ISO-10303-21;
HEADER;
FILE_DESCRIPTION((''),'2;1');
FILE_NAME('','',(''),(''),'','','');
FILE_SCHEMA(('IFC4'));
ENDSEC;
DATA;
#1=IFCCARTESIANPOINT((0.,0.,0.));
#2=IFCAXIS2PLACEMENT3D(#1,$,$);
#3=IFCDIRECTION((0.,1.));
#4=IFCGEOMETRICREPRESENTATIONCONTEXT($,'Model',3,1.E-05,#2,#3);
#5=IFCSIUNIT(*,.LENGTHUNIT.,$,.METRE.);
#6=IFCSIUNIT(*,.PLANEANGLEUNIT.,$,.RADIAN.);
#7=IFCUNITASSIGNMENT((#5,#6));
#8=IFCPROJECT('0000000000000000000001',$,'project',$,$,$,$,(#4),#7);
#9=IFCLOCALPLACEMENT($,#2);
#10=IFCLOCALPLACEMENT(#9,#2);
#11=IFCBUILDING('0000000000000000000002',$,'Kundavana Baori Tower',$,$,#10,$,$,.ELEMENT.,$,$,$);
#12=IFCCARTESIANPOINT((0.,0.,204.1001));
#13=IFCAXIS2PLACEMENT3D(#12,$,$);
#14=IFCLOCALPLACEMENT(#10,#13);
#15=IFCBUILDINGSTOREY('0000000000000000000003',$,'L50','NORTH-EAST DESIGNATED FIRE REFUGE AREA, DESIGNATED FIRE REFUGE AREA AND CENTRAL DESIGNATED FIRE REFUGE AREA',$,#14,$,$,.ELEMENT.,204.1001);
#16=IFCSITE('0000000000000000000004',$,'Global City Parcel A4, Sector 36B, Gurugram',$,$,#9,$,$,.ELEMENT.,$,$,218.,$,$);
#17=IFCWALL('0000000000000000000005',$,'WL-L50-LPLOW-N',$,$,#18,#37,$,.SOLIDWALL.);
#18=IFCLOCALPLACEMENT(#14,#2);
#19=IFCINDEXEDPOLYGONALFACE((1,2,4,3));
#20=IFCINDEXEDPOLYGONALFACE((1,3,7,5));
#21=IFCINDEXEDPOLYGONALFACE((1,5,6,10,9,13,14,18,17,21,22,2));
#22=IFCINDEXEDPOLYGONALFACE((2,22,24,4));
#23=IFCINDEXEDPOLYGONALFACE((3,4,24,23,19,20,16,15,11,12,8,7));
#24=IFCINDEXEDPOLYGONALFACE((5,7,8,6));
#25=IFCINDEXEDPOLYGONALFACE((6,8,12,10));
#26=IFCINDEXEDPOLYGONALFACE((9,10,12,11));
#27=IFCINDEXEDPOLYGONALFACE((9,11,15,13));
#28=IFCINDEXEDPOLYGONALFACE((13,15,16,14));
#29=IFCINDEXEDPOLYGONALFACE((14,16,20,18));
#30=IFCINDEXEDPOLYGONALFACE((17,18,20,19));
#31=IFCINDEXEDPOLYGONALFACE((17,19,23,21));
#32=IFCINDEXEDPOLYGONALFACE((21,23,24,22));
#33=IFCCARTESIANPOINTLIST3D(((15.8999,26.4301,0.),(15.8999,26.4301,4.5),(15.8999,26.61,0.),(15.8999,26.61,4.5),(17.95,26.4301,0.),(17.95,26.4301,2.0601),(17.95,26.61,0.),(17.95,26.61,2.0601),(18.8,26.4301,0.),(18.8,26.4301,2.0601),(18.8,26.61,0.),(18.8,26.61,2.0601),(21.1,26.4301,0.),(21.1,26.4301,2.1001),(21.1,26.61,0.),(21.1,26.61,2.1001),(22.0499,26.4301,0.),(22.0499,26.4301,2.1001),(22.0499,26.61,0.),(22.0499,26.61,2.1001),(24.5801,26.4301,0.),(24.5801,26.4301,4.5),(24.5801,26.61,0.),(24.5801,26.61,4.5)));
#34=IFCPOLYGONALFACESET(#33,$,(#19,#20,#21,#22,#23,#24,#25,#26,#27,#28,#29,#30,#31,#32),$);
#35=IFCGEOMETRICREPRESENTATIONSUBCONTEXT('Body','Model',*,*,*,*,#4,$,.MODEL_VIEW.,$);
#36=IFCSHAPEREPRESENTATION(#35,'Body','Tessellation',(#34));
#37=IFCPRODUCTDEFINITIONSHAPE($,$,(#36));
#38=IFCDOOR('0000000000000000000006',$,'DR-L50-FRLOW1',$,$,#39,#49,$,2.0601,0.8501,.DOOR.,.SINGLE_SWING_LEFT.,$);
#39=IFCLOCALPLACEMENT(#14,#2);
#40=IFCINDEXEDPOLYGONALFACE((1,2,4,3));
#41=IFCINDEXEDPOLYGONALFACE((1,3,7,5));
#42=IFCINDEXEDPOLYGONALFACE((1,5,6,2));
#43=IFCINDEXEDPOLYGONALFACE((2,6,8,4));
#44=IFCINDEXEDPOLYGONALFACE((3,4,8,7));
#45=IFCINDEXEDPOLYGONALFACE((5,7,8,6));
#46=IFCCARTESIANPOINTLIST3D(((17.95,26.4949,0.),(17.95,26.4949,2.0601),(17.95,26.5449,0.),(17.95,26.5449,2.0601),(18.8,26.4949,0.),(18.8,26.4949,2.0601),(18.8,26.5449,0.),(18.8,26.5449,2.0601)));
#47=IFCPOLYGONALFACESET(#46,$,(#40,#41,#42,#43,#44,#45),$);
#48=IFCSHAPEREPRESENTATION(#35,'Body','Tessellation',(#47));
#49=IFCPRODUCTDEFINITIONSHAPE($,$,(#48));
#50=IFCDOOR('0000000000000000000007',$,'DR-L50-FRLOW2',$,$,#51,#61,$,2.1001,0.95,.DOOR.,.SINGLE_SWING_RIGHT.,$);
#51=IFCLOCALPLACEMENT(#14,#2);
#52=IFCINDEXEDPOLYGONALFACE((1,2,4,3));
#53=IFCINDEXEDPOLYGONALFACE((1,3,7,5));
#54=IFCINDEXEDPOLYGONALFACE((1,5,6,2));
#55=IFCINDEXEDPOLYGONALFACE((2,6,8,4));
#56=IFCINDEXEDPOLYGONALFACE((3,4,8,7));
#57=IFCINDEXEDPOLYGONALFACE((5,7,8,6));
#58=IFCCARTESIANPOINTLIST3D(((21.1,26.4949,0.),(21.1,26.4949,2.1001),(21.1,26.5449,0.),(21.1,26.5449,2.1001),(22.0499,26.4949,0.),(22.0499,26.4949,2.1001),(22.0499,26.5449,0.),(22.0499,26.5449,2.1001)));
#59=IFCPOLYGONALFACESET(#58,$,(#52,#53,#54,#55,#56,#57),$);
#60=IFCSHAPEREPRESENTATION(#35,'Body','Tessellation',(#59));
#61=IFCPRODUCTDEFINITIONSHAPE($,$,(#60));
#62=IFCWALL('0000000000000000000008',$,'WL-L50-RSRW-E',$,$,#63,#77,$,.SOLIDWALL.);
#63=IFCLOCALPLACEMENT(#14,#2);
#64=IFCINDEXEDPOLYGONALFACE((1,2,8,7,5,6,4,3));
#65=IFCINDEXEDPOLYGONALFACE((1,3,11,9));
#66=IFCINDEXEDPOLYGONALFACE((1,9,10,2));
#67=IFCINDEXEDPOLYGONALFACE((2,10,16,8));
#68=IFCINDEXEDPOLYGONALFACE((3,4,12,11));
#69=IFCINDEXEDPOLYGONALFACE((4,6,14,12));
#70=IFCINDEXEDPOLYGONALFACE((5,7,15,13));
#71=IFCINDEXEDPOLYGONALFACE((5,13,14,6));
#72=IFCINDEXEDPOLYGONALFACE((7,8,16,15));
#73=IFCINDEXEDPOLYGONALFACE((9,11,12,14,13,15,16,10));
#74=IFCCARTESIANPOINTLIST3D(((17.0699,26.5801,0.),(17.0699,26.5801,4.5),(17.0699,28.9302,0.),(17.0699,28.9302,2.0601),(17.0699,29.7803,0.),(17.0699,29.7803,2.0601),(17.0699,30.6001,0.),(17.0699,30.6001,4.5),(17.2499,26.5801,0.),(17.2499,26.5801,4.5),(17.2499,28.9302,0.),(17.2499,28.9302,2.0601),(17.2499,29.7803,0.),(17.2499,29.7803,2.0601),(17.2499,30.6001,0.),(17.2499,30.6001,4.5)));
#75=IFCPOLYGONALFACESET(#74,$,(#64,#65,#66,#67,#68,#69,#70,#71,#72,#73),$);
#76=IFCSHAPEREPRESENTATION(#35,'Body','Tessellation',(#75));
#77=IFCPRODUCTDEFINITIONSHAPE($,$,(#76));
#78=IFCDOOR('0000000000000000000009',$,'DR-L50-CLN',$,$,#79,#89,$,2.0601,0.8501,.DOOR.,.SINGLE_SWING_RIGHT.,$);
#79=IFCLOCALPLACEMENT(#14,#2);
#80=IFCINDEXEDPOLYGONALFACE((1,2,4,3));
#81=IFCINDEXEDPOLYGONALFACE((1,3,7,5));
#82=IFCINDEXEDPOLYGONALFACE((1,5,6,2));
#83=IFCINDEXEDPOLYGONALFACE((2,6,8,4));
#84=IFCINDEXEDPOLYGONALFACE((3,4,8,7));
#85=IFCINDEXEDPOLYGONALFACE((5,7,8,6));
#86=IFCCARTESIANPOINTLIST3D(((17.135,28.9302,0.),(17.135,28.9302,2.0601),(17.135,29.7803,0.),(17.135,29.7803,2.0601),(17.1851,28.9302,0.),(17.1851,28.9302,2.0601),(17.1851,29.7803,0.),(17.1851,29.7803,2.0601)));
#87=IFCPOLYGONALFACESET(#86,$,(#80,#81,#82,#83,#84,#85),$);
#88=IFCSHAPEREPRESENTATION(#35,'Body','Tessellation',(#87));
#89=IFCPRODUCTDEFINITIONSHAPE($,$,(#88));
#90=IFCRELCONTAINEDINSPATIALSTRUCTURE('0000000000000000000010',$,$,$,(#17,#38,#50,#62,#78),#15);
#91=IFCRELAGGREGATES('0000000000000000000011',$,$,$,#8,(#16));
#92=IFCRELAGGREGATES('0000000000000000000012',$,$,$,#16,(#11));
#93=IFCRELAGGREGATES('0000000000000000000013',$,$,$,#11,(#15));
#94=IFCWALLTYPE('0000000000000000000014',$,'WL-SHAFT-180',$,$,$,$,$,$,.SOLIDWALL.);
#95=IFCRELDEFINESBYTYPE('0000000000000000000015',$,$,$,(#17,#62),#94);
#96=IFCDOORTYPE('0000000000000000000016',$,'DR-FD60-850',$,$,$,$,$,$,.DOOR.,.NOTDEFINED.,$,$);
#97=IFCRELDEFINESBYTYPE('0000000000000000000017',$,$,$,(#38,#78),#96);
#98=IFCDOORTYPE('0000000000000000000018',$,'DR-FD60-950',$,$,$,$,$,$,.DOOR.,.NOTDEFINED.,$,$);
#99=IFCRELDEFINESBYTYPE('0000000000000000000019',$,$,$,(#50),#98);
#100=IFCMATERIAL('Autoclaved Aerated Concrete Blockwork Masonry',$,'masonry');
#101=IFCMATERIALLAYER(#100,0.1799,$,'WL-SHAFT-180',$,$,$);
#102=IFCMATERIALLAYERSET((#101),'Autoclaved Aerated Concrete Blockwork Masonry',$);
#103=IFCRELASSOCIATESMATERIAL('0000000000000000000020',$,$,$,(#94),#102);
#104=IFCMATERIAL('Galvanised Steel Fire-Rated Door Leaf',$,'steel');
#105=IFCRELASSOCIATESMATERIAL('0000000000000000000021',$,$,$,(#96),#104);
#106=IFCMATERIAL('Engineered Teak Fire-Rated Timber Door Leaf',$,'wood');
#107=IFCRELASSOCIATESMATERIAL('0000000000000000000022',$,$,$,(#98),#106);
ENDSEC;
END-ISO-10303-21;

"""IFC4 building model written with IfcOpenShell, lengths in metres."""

from ifc_helpers import new_model, si_unit, direction, frame, frame_2d, origin, place, context, subcontext, project, spatial, rectangle, extrude, material, layer, layer_set, type_object, element, fill, save


model = new_model("IFC4")

# Units and contexts
model_context = context("Model", 3, precision=1e-05, world=origin(), true_north=direction((0.0, 1.0)))
body_context = subcontext(model_context, "Body", "Model", "MODEL_VIEW")
ifc_project = project(units=[si_unit("LENGTHUNIT", "METRE"), si_unit("PLANEANGLEUNIT", "RADIAN")], contexts=[model_context])

# Site, building, storey
site_placement = place(None, origin())
site = spatial("IfcSite", under=ifc_project, at=site_placement, Name="Global City Parcel A4, Sector 36B, Gurugram", CompositionType="ELEMENT", RefElevation=218.0)
building_placement = place(site_placement, origin())
building = spatial("IfcBuilding", under=site, at=building_placement, Name="Kundavana Baori Tower", CompositionType="ELEMENT")
storey_placement = place(building_placement, frame((0.0, 0.0, 204.1001)))
storey = spatial("IfcBuildingStorey", under=building, at=storey_placement, Name="L50", Description="NORTH-EAST DESIGNATED FIRE REFUGE AREA, DESIGNATED FIRE REFUGE AREA AND CENTRAL DESIGNATED FIRE REFUGE AREA", CompositionType="ELEMENT", Elevation=204.1001)

# Wall, openings, doors
ifc_material_1 = material(Name="Autoclaved Aerated Concrete Blockwork Masonry", Category="masonry")
ifc_layer_1 = layer(ifc_material_1, 0.1799, Name="WL-SHAFT-180")
ifc_layer_set_1 = layer_set([ifc_layer_1], Name="Autoclaved Aerated Concrete Blockwork Masonry")
wall_type_1 = type_object("IfcWallType", Name="WL-SHAFT-180", PredefinedType="SOLIDWALL", material=ifc_layer_set_1)
wall_1_placement = place(storey_placement, frame((15.8999, 26.52, 0.0), z_axis=(0.0, 0.0, 1.0), x_axis=(1.0, 0.0, 0.0)))
wall_1 = element("IfcWall", 1, at=wall_1_placement, inside=storey, type_object=wall_type_1, Name="WL-L50-LPLOW-N", PredefinedType="SOLIDWALL", context=body_context, shape_type="SweptSolid", body=[
    extrude(rectangle(XDim=8.6802, YDim=0.1799, at=frame_2d((4.3401, 0.0))), origin(), (0.0, 0.0, 1.0), 4.5),
])
opening_1_placement = place(wall_1_placement, frame((2.05, 0.0, 0.0)))
opening_1 = element("IfcOpeningElement", 2, at=opening_1_placement, cuts=wall_1, PredefinedType="OPENING", context=body_context, shape_type="SweptSolid", body=[
    extrude(rectangle(XDim=0.8501, YDim=2.0601, at=frame_2d((0.425, 1.03))), frame((0.0, 0.1001, 0.0), z_axis=(0.0, -1.0, 0.0), x_axis=(1.0, 0.0, 0.0)), (0.0, 0.0, 1.0), 0.2),
])
opening_2_placement = place(wall_1_placement, frame((5.2, 0.0, 0.0)))
opening_2 = element("IfcOpeningElement", 3, at=opening_2_placement, cuts=wall_1, PredefinedType="OPENING", context=body_context, shape_type="SweptSolid", body=[
    extrude(rectangle(XDim=0.95, YDim=2.1001, at=frame_2d((0.4751, 1.05))), frame((0.0, 0.1001, 0.0), z_axis=(0.0, -1.0, 0.0), x_axis=(1.0, 0.0, 0.0)), (0.0, 0.0, 1.0), 0.2),
])
ifc_material_2 = material(Name="Galvanised Steel Fire-Rated Door Leaf", Category="steel")
door_type_1 = type_object("IfcDoorType", Name="DR-FD60-850", OperationType="NOTDEFINED", PredefinedType="DOOR", material=ifc_material_2)
door_1_placement = place(opening_1_placement, origin())
door_1 = element("IfcDoor", 4, at=door_1_placement, inside=storey, type_object=door_type_1, Name="DR-L50-FRLOW1", OperationType="SINGLE_SWING_LEFT", OverallHeight=2.0601, OverallWidth=0.8501, PredefinedType="DOOR", context=body_context, shape_type="SweptSolid", body=[
    extrude(rectangle(XDim=0.8501, YDim=2.0601, at=frame_2d((0.425, 1.03))), frame((0.0, 0.0249, 0.0), z_axis=(0.0, -1.0, 0.0), x_axis=(1.0, 0.0, 0.0)), (0.0, 0.0, 1.0), 0.05),
])
fill(opening_1, door_1)
ifc_material_3 = material(Name="Engineered Teak Fire-Rated Timber Door Leaf", Category="wood")
door_type_2 = type_object("IfcDoorType", Name="DR-FD60-950", OperationType="NOTDEFINED", PredefinedType="DOOR", material=ifc_material_3)
door_2_placement = place(opening_2_placement, origin())
door_2 = element("IfcDoor", 5, at=door_2_placement, inside=storey, type_object=door_type_2, Name="DR-L50-FRLOW2", OperationType="SINGLE_SWING_RIGHT", OverallHeight=2.1001, OverallWidth=0.95, PredefinedType="DOOR", context=body_context, shape_type="SweptSolid", body=[
    extrude(rectangle(XDim=0.95, YDim=2.1001, at=frame_2d((0.4751, 1.05))), frame((0.0, 0.0249, 0.0), z_axis=(0.0, -1.0, 0.0), x_axis=(1.0, 0.0, 0.0)), (0.0, 0.0, 1.0), 0.05),
])
fill(opening_2, door_2)

# Wall, opening, door
wall_2_placement = place(storey_placement, frame((17.1599, 26.5801, 0.0), z_axis=(0.0, 0.0, 1.0), x_axis=(0.0, 1.0, 0.0)))
wall_2 = element("IfcWall", 6, at=wall_2_placement, inside=storey, type_object=wall_type_1, Name="WL-L50-RSRW-E", PredefinedType="SOLIDWALL", context=body_context, shape_type="SweptSolid", body=[
    extrude(rectangle(XDim=4.02, YDim=0.1799, at=frame_2d((2.01, 0.0))), origin(), (0.0, 0.0, 1.0), 4.5),
])
opening_3_placement = place(wall_2_placement, frame((2.3501, 0.0, 0.0)))
opening_3 = element("IfcOpeningElement", 7, at=opening_3_placement, cuts=wall_2, PredefinedType="OPENING", context=body_context, shape_type="SweptSolid", body=[
    extrude(rectangle(XDim=0.8501, YDim=2.0601, at=frame_2d((0.425, 1.03))), frame((0.0, 0.1001, 0.0), z_axis=(0.0, -1.0, 0.0), x_axis=(1.0, 0.0, 0.0)), (0.0, 0.0, 1.0), 0.2),
])
door_3_placement = place(opening_3_placement, origin())
door_3 = element("IfcDoor", 8, at=door_3_placement, inside=storey, type_object=door_type_1, Name="DR-L50-CLN", OperationType="SINGLE_SWING_RIGHT", OverallHeight=2.0601, OverallWidth=0.8501, PredefinedType="DOOR", context=body_context, shape_type="SweptSolid", body=[
    extrude(rectangle(XDim=0.8501, YDim=2.0601, at=frame_2d((0.425, 1.03))), frame((0.0, 0.0249, 0.0), z_axis=(0.0, -1.0, 0.0), x_axis=(1.0, 0.0, 0.0)), (0.0, 0.0, 1.0), 0.05),
])
fill(opening_3, door_3)

save(model, "model.ifc")
